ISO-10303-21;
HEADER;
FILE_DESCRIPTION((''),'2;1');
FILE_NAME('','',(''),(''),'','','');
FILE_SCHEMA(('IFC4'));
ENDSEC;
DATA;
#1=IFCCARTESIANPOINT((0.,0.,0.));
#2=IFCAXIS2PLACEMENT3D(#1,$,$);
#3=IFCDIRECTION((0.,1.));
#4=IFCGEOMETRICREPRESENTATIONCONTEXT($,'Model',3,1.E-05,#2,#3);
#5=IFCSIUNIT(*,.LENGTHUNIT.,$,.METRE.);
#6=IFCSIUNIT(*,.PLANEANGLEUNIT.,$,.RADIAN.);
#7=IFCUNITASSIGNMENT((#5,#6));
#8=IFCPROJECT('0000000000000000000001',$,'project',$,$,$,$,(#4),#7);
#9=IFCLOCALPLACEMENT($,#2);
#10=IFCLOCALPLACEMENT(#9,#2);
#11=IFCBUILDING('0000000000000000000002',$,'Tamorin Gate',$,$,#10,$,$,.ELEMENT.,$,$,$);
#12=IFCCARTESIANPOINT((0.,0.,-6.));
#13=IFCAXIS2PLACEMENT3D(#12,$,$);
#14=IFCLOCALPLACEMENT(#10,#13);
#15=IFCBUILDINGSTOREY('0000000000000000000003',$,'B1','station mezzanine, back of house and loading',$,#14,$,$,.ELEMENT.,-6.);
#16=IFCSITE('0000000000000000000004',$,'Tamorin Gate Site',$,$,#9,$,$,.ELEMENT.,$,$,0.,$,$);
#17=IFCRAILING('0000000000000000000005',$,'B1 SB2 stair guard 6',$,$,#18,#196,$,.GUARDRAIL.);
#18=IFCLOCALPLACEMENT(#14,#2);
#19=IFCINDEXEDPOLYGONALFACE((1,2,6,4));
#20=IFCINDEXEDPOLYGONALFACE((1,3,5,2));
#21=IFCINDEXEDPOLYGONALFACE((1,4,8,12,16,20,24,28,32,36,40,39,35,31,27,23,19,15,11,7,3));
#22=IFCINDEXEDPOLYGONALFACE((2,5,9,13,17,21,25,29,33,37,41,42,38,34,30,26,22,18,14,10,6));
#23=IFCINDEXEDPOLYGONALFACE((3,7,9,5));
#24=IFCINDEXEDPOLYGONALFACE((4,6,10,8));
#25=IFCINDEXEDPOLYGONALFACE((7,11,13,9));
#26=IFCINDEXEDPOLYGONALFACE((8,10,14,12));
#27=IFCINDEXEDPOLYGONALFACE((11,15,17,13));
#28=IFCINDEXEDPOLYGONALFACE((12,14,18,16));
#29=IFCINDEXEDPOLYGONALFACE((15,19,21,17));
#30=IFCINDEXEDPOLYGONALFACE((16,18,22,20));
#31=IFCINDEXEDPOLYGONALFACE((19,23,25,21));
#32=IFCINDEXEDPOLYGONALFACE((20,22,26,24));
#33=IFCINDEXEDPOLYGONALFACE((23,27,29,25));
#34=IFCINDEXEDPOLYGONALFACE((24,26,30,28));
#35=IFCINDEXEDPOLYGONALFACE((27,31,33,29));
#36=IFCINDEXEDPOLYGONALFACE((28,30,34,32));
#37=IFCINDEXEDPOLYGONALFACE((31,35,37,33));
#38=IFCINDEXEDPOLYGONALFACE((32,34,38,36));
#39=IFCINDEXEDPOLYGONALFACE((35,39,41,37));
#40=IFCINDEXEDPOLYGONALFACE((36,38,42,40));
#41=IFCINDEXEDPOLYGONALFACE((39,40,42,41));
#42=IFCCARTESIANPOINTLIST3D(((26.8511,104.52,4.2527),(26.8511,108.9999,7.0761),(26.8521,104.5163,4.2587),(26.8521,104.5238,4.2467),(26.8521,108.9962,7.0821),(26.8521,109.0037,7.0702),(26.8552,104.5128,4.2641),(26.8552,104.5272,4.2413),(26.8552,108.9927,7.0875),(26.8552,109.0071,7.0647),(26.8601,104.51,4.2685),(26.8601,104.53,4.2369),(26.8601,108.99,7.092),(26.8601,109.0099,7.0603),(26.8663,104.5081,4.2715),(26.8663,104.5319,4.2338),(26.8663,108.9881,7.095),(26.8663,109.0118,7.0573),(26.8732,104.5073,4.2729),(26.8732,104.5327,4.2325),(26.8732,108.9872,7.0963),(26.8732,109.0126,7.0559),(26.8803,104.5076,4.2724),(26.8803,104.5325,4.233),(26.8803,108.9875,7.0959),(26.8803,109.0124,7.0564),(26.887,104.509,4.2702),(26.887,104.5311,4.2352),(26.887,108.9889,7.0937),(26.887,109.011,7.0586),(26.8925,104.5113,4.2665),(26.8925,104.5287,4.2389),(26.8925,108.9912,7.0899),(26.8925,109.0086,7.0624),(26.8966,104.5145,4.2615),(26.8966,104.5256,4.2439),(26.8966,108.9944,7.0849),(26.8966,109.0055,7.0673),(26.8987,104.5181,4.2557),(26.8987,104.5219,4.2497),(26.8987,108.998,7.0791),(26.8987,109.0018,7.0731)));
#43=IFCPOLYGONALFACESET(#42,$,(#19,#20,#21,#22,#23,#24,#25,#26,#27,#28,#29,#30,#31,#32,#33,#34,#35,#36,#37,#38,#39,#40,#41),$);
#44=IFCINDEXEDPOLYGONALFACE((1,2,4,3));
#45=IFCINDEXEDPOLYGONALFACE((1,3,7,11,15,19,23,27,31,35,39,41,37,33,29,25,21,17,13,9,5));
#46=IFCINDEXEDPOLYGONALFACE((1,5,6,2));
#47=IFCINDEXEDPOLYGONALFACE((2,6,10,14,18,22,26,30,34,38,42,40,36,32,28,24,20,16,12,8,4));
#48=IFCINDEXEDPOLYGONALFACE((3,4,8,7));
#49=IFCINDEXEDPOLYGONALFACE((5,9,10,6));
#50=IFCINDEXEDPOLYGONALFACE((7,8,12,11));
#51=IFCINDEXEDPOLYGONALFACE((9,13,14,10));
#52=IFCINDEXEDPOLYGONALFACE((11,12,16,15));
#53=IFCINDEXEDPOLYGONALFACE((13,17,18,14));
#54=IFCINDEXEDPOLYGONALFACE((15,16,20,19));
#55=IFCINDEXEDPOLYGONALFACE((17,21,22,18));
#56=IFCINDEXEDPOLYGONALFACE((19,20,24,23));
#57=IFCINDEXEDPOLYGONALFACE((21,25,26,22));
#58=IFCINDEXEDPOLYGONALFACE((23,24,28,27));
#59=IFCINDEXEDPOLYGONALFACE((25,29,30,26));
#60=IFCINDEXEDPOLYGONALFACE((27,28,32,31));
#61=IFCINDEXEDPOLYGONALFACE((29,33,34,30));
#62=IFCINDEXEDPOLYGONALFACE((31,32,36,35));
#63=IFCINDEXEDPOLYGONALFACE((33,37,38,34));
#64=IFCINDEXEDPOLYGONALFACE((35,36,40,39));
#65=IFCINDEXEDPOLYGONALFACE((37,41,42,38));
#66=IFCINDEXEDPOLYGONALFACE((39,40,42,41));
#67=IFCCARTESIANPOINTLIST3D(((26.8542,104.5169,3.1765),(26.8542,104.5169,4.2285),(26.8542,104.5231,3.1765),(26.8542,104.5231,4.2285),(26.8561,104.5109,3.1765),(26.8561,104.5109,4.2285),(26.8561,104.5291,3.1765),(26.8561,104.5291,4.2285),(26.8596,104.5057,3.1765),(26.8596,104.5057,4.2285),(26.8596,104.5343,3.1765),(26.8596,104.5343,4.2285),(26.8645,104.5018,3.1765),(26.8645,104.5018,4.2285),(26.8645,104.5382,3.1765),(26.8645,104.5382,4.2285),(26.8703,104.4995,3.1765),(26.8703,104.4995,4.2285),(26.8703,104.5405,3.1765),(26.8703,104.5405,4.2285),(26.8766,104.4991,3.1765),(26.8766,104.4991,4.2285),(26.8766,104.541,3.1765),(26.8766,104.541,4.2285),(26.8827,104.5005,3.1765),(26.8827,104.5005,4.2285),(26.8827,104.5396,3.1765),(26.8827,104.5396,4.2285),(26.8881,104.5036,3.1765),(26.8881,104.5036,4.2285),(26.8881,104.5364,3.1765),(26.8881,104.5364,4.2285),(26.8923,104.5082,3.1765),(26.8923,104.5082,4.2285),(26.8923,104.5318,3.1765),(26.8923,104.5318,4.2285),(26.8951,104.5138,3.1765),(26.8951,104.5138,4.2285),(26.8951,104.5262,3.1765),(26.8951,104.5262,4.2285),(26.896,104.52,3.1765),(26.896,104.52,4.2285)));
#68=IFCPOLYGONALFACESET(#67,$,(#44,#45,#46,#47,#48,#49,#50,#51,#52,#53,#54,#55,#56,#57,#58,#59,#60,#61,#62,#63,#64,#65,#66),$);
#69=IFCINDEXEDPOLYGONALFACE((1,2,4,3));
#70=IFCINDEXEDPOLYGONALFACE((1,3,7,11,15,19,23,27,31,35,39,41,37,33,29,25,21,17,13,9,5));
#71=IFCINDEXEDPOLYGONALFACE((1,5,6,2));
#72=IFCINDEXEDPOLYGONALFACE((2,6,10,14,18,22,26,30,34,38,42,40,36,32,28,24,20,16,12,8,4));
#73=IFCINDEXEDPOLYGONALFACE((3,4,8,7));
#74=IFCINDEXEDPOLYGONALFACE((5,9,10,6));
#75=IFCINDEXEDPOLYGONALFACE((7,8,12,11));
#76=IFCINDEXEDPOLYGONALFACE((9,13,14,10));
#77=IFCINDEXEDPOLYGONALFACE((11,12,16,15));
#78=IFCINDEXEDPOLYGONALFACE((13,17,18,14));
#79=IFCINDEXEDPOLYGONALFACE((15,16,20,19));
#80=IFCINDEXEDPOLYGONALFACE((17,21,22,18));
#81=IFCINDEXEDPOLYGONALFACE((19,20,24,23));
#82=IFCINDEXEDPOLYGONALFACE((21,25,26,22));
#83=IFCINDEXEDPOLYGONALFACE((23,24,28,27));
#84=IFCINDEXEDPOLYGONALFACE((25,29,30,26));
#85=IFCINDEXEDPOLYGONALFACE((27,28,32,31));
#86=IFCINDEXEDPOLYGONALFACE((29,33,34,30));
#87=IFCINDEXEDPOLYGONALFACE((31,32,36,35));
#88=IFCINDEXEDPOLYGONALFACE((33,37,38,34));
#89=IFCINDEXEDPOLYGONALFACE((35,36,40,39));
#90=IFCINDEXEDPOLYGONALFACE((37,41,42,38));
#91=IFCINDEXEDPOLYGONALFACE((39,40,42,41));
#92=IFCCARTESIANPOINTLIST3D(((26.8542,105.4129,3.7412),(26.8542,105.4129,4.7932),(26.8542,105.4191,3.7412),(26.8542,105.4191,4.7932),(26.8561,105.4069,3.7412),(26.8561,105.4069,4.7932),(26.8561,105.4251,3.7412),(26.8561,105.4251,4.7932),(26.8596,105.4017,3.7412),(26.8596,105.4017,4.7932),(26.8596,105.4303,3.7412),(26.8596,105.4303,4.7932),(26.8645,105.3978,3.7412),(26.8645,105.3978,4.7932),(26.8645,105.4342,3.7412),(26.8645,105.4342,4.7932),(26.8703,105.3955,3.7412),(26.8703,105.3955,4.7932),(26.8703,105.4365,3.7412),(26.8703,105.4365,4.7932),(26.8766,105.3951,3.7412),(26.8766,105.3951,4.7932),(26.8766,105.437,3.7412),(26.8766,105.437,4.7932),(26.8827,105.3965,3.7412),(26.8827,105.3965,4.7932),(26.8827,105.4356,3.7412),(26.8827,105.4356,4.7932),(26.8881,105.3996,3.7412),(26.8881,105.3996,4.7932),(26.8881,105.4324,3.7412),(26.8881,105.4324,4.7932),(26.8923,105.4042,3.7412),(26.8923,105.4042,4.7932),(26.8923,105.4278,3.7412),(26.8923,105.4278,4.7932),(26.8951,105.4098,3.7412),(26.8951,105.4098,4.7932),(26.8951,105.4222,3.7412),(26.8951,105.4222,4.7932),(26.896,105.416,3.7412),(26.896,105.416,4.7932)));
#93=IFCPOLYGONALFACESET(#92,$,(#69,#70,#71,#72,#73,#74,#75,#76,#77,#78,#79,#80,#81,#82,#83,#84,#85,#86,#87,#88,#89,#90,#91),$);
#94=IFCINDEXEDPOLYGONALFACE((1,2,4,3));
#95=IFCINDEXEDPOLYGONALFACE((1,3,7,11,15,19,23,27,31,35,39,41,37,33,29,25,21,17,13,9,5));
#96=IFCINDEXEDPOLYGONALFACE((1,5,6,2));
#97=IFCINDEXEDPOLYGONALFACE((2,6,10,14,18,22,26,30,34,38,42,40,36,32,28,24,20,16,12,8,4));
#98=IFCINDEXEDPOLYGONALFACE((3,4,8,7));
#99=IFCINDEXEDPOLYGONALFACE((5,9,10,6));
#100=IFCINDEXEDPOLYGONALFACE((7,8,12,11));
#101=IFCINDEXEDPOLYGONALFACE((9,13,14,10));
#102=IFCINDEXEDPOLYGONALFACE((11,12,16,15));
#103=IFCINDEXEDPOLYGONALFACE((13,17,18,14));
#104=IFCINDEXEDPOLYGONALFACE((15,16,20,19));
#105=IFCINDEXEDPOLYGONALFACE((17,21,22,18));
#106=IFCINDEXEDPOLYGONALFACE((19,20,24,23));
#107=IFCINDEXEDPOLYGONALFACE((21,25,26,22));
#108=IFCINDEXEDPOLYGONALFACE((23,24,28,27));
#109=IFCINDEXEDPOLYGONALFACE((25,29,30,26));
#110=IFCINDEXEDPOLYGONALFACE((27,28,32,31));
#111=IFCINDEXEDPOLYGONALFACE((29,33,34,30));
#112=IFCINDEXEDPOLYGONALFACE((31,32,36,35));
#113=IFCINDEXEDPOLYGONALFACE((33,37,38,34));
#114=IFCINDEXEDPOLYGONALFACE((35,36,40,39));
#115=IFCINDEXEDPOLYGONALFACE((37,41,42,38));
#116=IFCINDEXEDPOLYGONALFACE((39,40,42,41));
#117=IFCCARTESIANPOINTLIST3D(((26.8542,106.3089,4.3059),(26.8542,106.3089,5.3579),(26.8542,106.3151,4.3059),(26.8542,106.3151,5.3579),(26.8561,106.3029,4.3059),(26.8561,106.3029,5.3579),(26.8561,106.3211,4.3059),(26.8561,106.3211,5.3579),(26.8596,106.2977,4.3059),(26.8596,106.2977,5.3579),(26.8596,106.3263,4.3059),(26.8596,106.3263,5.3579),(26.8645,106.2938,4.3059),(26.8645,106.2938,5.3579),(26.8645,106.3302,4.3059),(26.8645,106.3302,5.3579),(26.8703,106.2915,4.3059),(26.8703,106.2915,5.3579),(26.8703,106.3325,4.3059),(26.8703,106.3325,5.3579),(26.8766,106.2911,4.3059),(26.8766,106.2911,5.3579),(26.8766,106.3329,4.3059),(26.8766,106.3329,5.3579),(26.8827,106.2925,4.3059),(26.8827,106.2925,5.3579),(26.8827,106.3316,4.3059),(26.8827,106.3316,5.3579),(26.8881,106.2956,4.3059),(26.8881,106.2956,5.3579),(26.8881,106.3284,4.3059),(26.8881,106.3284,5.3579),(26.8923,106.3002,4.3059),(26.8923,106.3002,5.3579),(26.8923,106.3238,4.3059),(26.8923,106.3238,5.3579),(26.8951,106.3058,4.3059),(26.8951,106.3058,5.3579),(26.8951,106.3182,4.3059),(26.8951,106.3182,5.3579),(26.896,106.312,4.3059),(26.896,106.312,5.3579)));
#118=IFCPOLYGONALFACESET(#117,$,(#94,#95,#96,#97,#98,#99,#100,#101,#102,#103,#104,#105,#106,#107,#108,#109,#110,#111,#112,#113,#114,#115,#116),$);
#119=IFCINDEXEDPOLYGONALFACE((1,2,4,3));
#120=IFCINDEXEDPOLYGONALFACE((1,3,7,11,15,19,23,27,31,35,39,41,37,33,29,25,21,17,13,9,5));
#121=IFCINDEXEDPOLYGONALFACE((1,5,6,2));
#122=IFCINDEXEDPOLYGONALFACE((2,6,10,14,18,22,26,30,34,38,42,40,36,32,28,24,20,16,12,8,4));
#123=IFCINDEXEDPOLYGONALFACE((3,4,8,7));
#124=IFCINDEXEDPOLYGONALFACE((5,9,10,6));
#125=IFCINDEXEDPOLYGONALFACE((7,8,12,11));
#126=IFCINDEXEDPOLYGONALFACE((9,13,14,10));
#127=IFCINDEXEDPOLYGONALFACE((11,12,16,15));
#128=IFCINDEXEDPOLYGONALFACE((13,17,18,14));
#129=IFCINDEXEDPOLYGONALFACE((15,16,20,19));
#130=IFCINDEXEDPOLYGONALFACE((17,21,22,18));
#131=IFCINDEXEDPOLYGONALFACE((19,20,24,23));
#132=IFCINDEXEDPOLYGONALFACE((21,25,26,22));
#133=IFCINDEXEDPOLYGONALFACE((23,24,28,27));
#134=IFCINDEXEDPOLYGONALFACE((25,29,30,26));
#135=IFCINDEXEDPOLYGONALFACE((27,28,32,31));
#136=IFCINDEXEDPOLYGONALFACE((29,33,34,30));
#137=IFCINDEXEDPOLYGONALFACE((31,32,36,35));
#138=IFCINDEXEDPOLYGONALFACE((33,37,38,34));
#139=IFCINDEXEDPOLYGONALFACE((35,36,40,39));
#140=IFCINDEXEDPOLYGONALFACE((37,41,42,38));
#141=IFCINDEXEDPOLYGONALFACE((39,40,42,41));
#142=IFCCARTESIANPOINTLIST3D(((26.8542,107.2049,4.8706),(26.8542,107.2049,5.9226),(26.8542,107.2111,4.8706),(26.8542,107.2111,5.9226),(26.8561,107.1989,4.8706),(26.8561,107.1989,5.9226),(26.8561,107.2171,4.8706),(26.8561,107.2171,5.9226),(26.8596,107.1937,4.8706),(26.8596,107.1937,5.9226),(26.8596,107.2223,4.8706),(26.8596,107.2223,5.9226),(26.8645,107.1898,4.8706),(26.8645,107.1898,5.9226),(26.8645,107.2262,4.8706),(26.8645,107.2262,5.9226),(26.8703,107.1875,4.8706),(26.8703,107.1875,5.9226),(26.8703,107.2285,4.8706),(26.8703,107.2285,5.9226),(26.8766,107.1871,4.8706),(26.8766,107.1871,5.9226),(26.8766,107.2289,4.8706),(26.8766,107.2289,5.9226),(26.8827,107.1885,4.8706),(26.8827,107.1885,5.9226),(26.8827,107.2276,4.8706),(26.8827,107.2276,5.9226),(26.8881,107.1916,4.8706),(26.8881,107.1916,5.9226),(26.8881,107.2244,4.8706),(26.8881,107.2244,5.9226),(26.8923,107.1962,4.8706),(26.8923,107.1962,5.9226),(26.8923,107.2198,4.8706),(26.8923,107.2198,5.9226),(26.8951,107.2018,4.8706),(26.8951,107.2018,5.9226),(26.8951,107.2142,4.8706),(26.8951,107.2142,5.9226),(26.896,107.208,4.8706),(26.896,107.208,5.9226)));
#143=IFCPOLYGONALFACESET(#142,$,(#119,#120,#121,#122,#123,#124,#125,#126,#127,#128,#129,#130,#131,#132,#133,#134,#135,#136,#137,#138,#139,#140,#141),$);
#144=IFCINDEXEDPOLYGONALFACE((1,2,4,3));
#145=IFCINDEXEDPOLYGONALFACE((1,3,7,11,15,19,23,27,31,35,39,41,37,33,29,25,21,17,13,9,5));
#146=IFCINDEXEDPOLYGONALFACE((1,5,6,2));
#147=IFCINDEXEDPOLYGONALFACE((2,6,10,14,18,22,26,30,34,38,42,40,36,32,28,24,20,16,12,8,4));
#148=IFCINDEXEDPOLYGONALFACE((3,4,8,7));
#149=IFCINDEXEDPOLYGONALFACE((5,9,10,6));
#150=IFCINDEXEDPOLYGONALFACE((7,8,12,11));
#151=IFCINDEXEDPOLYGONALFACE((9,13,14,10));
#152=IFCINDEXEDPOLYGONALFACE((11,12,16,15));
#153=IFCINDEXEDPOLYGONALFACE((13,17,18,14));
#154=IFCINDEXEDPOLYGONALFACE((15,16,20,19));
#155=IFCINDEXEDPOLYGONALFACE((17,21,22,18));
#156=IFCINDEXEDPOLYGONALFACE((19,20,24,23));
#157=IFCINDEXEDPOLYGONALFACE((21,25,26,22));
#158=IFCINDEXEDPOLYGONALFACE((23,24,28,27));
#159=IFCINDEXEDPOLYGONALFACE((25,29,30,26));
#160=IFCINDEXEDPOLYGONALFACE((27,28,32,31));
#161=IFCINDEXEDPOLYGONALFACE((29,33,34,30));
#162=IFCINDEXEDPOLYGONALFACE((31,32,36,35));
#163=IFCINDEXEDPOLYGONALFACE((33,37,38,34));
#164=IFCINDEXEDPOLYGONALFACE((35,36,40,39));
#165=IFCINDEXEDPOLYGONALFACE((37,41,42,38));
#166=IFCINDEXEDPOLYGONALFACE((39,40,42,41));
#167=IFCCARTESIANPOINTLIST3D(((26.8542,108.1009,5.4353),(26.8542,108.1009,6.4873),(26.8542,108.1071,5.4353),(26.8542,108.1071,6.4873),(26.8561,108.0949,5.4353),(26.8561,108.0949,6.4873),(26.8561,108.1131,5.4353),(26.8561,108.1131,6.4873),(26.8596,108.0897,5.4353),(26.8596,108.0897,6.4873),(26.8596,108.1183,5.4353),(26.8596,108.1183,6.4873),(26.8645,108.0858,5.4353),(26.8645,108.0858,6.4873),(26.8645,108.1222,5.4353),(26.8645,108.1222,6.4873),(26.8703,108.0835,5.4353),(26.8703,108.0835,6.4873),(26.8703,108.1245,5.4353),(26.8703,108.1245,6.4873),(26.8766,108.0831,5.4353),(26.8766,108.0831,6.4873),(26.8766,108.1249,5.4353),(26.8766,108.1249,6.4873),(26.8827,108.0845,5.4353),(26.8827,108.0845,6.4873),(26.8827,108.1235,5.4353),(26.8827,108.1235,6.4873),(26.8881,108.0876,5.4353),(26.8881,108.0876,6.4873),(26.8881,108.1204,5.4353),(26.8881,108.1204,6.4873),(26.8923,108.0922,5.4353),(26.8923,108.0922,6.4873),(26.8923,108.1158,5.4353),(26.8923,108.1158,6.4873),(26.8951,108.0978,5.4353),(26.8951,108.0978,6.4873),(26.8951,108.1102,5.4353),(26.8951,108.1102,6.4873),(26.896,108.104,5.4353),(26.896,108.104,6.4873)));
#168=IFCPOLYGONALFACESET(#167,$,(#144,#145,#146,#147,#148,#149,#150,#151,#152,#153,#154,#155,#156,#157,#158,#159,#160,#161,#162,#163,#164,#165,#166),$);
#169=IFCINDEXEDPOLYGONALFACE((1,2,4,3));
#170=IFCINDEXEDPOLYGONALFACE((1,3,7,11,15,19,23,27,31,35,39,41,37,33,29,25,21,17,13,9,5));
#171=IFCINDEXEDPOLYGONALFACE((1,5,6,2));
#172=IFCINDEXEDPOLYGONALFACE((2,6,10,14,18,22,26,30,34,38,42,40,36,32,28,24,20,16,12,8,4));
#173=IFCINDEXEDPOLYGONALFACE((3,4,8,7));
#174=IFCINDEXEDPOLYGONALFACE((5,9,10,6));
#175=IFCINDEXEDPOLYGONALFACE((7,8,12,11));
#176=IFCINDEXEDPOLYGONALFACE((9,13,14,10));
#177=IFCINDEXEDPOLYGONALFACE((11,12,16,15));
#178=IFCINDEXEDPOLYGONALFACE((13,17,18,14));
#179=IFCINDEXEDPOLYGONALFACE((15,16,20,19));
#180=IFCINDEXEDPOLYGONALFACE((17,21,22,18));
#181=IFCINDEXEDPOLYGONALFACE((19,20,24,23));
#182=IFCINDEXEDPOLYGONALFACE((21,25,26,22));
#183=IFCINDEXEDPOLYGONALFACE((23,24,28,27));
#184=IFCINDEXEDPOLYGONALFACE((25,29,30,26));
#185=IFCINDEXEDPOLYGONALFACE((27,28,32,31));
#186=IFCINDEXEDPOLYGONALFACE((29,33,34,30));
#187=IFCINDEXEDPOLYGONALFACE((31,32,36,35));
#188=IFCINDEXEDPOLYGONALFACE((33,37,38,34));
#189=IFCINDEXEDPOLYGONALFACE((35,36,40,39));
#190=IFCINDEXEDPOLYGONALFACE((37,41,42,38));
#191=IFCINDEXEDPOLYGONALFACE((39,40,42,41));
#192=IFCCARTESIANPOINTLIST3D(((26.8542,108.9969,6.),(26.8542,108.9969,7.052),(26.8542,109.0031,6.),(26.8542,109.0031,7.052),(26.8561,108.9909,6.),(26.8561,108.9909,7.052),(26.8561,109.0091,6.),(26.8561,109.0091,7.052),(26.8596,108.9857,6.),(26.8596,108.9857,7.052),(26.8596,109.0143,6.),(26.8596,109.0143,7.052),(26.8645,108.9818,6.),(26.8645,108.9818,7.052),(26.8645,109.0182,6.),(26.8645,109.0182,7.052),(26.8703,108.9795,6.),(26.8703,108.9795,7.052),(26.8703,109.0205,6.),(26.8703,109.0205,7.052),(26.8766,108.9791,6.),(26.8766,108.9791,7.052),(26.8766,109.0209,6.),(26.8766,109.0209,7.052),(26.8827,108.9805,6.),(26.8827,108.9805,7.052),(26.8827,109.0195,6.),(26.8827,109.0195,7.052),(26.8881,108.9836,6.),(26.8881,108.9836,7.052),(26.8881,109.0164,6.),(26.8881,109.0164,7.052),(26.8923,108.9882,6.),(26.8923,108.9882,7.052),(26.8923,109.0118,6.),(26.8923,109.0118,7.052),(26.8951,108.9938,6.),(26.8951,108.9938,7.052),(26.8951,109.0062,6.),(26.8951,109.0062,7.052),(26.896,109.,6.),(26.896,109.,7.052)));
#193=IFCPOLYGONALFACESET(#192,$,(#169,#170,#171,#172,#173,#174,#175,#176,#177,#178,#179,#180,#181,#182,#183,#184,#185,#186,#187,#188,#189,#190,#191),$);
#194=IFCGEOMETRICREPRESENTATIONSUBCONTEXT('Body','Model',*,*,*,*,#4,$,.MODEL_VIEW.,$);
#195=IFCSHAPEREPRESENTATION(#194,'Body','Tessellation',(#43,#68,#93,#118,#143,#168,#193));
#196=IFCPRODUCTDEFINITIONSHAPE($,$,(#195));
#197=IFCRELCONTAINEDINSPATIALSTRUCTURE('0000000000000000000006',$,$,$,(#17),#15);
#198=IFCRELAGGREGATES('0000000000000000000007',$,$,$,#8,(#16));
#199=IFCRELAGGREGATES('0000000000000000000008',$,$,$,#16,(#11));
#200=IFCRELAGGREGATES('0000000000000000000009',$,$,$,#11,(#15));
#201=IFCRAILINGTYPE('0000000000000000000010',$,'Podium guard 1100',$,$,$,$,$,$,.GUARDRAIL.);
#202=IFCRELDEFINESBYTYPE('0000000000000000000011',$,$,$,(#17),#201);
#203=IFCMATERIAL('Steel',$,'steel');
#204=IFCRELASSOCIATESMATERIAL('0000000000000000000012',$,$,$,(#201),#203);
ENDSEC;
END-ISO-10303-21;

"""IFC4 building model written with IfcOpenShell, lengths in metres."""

from ifc_helpers import new_model, si_unit, direction, frame, origin, origin_2d, place, context, subcontext, project, spatial, circle, extrude, material, type_object, element, save


model = new_model("IFC4")

# Units and contexts
model_context = context("Model", 3, precision=1e-05, world=origin(), true_north=direction((0.0, 1.0)))
body_context = subcontext(model_context, "Body", "Model", "MODEL_VIEW")
ifc_project = project(units=[si_unit("LENGTHUNIT", "METRE"), si_unit("PLANEANGLEUNIT", "RADIAN")], contexts=[model_context])

# Site, building, storey
site_placement = place(None, origin())
site = spatial("IfcSite", under=ifc_project, at=site_placement, Name="Tamorin Gate Site", CompositionType="ELEMENT", RefElevation=0.0)
building_placement = place(site_placement, origin())
building = spatial("IfcBuilding", under=site, at=building_placement, Name="Tamorin Gate", CompositionType="ELEMENT")
storey_placement = place(building_placement, frame((0.0, 0.0, -6.0)))
storey = spatial("IfcBuildingStorey", under=building, at=storey_placement, Name="B1", Description="station mezzanine, back of house and loading", CompositionType="ELEMENT", Elevation=-6.0)

# Railing
ifc_material_1 = material(Name="Steel", Category="steel")
railing_type_1 = type_object("IfcRailingType", Name="Podium guard 1100", PredefinedType="GUARDRAIL", material=ifc_material_1)
railing_1_placement = place(storey_placement, frame((26.875, 104.52, 3.1765)))
element("IfcRailing", 1, at=railing_1_placement, inside=storey, type_object=railing_type_1, Name="B1 SB2 stair guard 6", PredefinedType="GUARDRAIL", context=body_context, shape_type="SweptSolid", body=[
    extrude(circle(Radius=0.0239, at=origin_2d()), frame((0.0, 0.0, 1.0762), z_axis=(0.0, 0.845998, 0.533186), x_axis=(-1.0, 0.0, 0.0)), (0.0, 0.0, 1.0), 5.2954),
    extrude(circle(Radius=0.021, at=origin_2d()), origin(), (0.0, 0.0, 1.0), 1.052),
    extrude(circle(Radius=0.021, at=origin_2d()), frame((0.0, 0.896, 0.5647)), (0.0, 0.0, 1.0), 1.052),
    extrude(circle(Radius=0.021, at=origin_2d()), frame((0.0, 1.792, 1.1294)), (0.0, 0.0, 1.0), 1.052),
    extrude(circle(Radius=0.021, at=origin_2d()), frame((0.0, 2.688, 1.6941)), (0.0, 0.0, 1.0), 1.052),
    extrude(circle(Radius=0.021, at=origin_2d()), frame((0.0, 3.584, 2.2588)), (0.0, 0.0, 1.0), 1.052),
    extrude(circle(Radius=0.021, at=origin_2d()), frame((0.0, 4.48, 2.8235)), (0.0, 0.0, 1.0), 1.052),
])

save(model, "model.ifc")
